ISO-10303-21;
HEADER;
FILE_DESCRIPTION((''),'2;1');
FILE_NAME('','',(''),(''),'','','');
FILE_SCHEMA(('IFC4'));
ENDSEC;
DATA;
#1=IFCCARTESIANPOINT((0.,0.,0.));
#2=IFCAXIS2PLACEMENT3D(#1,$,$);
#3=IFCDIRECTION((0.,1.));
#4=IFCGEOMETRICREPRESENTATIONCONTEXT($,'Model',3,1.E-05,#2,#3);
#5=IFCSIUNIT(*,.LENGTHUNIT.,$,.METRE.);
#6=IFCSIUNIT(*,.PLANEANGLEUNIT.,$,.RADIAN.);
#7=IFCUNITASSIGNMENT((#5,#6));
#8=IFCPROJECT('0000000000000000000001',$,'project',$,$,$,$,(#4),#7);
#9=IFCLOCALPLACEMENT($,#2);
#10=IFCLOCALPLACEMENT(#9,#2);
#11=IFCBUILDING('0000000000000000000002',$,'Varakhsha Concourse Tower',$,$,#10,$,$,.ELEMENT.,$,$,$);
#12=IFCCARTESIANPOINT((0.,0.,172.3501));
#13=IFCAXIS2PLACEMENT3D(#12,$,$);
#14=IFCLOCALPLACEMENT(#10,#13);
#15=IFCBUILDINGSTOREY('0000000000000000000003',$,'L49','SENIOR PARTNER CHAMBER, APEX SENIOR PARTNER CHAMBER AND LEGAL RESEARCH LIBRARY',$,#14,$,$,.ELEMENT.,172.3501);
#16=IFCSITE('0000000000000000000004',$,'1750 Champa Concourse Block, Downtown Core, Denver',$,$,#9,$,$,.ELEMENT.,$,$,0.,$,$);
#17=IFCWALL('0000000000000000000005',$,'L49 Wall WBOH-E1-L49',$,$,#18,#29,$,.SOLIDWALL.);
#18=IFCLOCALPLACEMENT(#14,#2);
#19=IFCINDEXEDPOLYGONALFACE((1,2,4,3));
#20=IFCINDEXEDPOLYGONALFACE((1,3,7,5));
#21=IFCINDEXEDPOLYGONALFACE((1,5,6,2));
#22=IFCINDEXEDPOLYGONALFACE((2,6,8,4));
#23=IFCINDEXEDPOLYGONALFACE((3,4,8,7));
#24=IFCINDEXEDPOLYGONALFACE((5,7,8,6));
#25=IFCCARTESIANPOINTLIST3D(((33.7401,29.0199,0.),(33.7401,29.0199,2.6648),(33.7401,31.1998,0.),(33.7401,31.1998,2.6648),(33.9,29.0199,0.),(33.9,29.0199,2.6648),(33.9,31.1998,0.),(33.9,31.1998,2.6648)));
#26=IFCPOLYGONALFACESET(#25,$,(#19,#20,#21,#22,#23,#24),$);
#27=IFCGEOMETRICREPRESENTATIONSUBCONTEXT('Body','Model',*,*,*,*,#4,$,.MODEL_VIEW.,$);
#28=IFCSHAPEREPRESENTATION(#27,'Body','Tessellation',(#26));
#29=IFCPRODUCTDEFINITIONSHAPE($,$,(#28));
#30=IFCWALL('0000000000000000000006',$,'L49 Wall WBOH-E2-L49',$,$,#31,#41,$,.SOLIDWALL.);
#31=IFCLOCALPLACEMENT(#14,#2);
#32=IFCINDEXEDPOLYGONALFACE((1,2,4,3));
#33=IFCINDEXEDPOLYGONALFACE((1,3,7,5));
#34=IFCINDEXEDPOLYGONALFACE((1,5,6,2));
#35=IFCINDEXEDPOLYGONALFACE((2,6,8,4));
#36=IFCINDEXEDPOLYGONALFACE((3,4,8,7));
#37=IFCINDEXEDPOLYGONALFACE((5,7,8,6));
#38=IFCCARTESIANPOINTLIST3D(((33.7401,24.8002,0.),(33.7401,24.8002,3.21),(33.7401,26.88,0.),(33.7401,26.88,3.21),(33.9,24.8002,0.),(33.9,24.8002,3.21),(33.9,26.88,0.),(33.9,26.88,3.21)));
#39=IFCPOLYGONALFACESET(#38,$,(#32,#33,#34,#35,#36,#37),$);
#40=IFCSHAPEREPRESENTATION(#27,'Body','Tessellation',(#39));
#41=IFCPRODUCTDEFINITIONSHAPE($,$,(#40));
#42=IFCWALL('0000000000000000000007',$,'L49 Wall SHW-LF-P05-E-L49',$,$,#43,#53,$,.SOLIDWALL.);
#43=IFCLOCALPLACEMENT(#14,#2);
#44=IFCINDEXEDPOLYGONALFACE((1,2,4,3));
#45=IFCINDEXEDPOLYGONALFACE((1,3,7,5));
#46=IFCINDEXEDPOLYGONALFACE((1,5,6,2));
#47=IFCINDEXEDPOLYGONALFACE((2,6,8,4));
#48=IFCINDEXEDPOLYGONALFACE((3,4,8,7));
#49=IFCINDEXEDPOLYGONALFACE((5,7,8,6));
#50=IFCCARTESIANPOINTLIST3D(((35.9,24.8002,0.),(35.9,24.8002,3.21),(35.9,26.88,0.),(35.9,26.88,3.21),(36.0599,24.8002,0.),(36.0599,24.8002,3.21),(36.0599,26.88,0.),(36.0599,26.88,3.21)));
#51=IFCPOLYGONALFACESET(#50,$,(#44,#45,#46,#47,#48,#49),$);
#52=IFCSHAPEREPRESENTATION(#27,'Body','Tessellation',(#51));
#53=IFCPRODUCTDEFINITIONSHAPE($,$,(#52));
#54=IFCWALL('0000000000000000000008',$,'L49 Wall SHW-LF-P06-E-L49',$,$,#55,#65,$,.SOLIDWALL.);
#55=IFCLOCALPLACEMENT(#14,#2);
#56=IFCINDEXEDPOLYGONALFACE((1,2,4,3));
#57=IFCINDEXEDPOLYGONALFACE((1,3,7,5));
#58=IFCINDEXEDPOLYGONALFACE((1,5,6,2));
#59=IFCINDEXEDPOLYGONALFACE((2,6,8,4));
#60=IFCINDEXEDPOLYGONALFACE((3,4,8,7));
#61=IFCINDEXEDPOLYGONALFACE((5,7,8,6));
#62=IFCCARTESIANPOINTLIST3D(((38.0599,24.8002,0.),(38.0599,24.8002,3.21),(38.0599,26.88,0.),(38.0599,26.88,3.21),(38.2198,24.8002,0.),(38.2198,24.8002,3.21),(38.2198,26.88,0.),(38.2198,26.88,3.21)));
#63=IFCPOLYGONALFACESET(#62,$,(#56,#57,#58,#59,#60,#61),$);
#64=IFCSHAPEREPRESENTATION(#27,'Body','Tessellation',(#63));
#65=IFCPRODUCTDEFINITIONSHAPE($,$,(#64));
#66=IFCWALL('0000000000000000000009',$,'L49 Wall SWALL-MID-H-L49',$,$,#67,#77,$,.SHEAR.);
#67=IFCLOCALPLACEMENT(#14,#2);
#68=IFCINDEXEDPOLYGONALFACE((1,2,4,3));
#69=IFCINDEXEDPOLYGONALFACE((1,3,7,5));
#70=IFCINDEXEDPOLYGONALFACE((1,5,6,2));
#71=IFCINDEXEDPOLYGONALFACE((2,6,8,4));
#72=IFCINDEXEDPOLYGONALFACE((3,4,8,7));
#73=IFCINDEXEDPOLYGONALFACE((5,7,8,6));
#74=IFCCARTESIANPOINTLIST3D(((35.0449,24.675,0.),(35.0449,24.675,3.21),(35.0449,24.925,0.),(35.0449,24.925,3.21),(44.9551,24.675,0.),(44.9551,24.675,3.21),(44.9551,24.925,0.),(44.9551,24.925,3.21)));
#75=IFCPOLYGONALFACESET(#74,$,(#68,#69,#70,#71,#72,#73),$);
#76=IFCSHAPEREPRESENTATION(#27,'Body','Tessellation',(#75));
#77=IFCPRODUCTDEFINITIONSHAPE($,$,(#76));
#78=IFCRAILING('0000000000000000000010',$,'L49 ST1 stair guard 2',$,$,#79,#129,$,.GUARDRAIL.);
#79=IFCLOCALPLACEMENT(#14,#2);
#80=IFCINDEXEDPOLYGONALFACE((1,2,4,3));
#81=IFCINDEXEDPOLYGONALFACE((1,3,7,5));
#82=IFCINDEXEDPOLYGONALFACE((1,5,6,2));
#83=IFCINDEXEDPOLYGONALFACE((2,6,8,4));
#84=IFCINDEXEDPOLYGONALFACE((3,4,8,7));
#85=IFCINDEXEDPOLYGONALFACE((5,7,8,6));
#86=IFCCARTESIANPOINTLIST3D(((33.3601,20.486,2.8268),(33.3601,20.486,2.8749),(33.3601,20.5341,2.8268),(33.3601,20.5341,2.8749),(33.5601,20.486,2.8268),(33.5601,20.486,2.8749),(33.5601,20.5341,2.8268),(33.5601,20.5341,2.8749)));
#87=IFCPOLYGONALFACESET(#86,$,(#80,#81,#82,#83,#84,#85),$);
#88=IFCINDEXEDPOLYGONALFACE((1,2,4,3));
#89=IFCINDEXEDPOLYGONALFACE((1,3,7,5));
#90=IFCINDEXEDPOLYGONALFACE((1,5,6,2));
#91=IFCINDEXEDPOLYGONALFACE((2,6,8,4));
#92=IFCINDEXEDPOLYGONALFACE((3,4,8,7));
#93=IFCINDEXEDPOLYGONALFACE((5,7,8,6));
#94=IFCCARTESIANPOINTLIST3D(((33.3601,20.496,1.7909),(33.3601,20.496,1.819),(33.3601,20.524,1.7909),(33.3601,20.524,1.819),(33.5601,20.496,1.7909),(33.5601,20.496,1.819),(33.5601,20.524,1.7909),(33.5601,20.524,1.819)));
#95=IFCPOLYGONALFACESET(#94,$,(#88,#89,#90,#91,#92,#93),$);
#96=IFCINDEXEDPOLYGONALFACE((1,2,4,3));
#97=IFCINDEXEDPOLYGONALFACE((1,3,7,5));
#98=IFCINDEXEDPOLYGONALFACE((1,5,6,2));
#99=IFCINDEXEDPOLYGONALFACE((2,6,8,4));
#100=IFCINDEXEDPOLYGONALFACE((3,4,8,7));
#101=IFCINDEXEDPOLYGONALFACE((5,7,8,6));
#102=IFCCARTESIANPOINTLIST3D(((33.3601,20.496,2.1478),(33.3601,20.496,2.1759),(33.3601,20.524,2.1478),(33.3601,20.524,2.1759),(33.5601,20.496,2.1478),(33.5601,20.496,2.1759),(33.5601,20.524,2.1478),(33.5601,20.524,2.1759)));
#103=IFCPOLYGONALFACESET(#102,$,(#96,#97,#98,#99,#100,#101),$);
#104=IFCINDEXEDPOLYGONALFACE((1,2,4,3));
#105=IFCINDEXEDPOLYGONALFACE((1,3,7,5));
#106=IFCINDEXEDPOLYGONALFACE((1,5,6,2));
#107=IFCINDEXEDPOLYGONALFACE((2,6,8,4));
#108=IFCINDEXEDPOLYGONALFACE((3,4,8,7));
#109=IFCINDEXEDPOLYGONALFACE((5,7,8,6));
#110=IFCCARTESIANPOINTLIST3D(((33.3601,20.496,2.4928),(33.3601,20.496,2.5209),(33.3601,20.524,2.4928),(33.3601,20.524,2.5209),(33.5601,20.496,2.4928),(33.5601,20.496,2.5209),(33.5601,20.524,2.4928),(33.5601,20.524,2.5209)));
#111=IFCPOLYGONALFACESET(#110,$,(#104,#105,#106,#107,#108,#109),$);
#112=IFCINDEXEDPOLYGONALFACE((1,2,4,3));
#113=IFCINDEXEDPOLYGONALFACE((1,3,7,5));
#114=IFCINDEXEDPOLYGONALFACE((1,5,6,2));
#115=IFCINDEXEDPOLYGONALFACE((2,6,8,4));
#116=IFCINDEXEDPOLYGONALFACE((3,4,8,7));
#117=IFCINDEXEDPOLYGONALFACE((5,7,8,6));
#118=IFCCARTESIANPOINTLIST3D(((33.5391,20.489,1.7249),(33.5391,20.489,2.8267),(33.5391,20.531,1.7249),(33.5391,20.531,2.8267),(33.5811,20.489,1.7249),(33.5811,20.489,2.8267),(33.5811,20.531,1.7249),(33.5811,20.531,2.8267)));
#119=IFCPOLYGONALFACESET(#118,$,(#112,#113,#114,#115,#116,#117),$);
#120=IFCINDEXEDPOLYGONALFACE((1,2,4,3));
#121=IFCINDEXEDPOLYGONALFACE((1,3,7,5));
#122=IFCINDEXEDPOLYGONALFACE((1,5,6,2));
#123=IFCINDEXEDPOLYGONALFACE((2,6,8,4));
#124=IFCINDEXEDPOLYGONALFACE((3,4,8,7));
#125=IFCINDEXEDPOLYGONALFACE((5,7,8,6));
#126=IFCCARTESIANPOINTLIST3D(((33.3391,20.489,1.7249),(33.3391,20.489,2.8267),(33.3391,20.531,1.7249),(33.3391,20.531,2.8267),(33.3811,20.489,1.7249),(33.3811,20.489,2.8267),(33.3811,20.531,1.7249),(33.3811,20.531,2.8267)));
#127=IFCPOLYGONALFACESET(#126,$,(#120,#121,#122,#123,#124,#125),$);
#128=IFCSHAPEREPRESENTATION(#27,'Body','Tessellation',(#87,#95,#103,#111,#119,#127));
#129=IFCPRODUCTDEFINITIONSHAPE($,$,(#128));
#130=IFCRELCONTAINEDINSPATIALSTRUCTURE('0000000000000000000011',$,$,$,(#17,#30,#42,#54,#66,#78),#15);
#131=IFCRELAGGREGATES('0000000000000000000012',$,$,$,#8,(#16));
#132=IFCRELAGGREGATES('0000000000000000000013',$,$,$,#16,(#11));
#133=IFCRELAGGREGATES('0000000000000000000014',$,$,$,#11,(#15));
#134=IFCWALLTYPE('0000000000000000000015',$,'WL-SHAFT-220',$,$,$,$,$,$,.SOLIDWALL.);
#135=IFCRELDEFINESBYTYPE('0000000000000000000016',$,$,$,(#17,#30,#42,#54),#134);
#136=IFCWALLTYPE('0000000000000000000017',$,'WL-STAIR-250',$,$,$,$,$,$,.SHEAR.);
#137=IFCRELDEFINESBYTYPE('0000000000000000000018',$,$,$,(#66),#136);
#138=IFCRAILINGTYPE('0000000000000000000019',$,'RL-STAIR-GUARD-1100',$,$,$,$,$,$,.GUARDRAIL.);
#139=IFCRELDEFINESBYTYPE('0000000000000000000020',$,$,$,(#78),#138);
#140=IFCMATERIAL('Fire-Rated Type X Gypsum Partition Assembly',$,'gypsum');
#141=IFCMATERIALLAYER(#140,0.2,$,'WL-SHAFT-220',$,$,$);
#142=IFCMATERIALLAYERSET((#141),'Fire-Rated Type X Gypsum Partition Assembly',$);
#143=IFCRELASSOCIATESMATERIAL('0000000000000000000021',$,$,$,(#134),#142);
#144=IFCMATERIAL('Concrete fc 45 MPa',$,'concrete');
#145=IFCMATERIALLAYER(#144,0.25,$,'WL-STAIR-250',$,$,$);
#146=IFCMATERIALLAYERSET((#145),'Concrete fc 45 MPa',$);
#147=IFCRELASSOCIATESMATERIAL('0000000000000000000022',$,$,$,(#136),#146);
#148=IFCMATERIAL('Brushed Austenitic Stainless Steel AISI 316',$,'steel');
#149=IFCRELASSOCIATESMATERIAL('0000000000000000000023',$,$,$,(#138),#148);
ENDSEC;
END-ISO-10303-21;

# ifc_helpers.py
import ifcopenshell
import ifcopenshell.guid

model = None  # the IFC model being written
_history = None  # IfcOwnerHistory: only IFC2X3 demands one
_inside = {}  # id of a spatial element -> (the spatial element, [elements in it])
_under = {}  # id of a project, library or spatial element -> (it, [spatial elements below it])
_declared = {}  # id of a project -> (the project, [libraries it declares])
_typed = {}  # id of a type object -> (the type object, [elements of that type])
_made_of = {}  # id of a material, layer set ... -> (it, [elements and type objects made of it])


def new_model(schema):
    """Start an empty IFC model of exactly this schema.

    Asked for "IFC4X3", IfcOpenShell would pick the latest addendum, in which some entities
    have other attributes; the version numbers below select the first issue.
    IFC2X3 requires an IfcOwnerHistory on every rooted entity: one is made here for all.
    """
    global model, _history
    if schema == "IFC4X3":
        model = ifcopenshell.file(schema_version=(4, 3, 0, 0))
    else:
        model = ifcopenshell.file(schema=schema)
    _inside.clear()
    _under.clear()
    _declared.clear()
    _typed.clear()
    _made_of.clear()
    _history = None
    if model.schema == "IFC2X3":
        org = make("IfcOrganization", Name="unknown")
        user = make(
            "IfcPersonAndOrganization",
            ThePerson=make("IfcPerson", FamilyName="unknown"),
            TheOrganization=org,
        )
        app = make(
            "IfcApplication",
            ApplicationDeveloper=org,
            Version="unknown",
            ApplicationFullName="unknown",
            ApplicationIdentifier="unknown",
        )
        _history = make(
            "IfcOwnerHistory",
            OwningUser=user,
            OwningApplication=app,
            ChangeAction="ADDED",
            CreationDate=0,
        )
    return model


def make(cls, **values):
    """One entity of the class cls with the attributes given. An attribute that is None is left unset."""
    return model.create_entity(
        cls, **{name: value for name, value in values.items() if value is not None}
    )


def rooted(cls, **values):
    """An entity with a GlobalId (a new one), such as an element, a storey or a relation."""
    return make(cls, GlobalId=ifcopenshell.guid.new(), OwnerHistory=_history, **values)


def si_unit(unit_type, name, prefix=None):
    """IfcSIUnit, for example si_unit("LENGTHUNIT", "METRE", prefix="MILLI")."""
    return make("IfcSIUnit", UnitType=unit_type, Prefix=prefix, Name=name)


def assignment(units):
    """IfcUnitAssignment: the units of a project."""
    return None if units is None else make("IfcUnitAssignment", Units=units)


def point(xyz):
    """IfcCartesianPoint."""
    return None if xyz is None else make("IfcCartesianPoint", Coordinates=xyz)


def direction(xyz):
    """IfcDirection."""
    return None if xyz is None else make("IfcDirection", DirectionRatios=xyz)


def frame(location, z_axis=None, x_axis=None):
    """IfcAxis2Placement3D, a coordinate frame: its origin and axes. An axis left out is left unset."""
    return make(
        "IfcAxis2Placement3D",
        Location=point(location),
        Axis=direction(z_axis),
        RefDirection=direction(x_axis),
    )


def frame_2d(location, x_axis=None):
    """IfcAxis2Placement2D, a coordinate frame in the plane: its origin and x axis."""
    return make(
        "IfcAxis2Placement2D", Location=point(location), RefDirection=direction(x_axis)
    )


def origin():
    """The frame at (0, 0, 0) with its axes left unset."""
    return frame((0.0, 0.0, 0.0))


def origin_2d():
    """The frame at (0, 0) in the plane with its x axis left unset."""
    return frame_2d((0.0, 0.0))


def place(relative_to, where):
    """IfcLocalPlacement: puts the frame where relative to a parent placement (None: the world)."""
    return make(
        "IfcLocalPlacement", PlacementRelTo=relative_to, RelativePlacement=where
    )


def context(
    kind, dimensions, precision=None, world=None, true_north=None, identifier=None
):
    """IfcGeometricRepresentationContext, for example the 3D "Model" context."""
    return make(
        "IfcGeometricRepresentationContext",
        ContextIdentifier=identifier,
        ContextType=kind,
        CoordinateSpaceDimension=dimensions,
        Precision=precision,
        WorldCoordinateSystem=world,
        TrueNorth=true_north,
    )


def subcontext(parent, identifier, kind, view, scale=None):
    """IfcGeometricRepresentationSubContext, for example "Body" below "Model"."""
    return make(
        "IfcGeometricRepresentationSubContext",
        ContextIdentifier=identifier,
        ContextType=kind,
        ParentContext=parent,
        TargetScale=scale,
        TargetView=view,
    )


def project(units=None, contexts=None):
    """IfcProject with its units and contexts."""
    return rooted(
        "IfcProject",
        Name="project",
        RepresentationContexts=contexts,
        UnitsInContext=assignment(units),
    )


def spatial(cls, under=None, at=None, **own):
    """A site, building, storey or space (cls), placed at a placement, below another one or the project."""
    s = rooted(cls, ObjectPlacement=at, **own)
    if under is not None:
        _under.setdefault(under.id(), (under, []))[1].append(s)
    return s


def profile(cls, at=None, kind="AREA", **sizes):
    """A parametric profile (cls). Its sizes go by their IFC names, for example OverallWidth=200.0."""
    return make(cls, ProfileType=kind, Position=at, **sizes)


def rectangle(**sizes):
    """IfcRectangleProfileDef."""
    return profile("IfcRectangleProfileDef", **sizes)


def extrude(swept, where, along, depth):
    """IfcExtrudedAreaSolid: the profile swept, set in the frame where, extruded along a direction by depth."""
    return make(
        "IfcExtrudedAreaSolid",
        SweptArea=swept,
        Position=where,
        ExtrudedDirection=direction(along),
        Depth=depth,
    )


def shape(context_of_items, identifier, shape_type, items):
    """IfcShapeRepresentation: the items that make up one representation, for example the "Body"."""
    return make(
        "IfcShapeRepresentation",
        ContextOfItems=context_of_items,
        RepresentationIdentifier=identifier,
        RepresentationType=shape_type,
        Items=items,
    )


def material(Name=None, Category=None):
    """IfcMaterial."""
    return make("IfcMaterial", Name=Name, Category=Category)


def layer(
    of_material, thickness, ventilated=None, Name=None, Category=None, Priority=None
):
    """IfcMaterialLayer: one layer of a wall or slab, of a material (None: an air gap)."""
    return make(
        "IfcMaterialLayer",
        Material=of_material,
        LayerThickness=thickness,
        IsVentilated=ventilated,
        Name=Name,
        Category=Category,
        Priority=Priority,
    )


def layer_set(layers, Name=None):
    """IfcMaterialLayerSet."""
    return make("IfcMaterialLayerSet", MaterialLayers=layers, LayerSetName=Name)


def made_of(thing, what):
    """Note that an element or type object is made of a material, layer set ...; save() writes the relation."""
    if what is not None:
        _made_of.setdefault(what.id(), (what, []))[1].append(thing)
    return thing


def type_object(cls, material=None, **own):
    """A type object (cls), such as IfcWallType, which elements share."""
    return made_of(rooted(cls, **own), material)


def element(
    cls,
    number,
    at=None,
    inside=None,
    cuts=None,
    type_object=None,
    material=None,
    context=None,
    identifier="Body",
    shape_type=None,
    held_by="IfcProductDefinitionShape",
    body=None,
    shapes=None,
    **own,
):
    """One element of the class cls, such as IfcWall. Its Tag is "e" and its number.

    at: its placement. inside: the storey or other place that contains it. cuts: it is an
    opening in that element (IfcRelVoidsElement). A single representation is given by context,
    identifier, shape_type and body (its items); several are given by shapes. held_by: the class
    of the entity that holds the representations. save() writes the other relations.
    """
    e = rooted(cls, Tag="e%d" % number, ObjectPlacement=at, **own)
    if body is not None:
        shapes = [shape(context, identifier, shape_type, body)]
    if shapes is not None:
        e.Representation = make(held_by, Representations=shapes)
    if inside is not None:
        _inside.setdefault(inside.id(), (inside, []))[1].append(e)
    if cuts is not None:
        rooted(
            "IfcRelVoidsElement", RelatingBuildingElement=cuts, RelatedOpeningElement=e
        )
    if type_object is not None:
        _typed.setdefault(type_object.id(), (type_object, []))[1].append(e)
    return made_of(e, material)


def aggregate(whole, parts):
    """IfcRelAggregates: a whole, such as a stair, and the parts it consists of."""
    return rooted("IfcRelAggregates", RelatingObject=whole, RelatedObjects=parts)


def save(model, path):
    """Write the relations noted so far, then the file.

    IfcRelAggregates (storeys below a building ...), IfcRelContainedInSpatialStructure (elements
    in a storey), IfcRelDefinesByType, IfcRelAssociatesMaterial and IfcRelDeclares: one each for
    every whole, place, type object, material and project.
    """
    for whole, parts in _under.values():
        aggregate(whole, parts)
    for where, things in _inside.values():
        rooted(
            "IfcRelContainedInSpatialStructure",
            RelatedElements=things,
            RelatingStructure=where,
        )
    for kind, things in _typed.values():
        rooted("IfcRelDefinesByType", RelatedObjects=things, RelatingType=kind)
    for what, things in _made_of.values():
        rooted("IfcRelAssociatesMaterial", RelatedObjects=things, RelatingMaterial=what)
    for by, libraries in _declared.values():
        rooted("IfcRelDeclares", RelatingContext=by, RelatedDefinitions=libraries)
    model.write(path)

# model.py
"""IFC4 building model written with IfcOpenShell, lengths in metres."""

from ifc_helpers import new_model, si_unit, direction, frame, frame_2d, origin, origin_2d, place, context, subcontext, project, spatial, rectangle, extrude, material, layer, layer_set, type_object, element, save


model = new_model("IFC4")

# Units and contexts
model_context = context("Model", 3, precision=1e-05, world=origin(), true_north=direction((0.0, 1.0)))
body_context = subcontext(model_context, "Body", "Model", "MODEL_VIEW")
ifc_project = project(units=[si_unit("LENGTHUNIT", "METRE"), si_unit("PLANEANGLEUNIT", "RADIAN")], contexts=[model_context])

# Site, building, storey
site_placement = place(None, origin())
site = spatial("IfcSite", under=ifc_project, at=site_placement, Name="1750 Champa Concourse Block, Downtown Core, Denver", CompositionType="ELEMENT", RefElevation=0.0)
building_placement = place(site_placement, origin())
building = spatial("IfcBuilding", under=site, at=building_placement, Name="Varakhsha Concourse Tower", CompositionType="ELEMENT")
storey_placement = place(building_placement, frame((0.0, 0.0, 172.3501)))
storey = spatial("IfcBuildingStorey", under=building, at=storey_placement, Name="L49", Description="SENIOR PARTNER CHAMBER, APEX SENIOR PARTNER CHAMBER AND LEGAL RESEARCH LIBRARY", CompositionType="ELEMENT", Elevation=172.3501)

# Shared definitions
ifc_material_1 = material(Name="Fire-Rated Type X Gypsum Partition Assembly", Category="gypsum")
ifc_layer_1 = layer(ifc_material_1, 0.2, Name="WL-SHAFT-220")
ifc_layer_set_1 = layer_set([ifc_layer_1], Name="Fire-Rated Type X Gypsum Partition Assembly")
wall_type_1 = type_object("IfcWallType", Name="WL-SHAFT-220", PredefinedType="SOLIDWALL", material=ifc_layer_set_1)
ifc_material_2 = material(Name="Brushed Austenitic Stainless Steel AISI 316", Category="steel")

# Walls
wall_1_placement = place(storey_placement, frame((33.8201, 29.02, 0.0), z_axis=(0.0, 0.0, 1.0), x_axis=(0.0, 1.0, 0.0)))
element("IfcWall", 1, at=wall_1_placement, inside=storey, type_object=wall_type_1, Name="L49 Wall WBOH-E1-L49", PredefinedType="SOLIDWALL", context=body_context, shape_type="SweptSolid", body=[
    extrude(rectangle(XDim=2.1799, YDim=0.1599, at=frame_2d((1.0898, 0.0))), origin(), (0.0, 0.0, 1.0), 2.6648),
])
for number, where, z_axis, x_axis, name in (
    (2, (33.8201, 24.8, 0.0), (0.0, 0.0, 1.0), (0.0, 1.0, 0.0), "L49 Wall WBOH-E2-L49"),
    (3, (35.98, 24.8, 0.0), (0.0, 0.0, 1.0), (0.0, 1.0, 0.0), "L49 Wall SHW-LF-P05-E-L49"),
    (4, (38.1399, 24.8, 0.0), (0.0, 0.0, 1.0), (0.0, 1.0, 0.0), "L49 Wall SHW-LF-P06-E-L49"),
):
    element("IfcWall", number, at=place(storey_placement, frame(where, z_axis=z_axis, x_axis=x_axis)), inside=storey, type_object=wall_type_1, Name=name, PredefinedType="SOLIDWALL", context=body_context, shape_type="SweptSolid", body=[
        extrude(rectangle(XDim=2.0798, YDim=0.1599, at=frame_2d((1.04, 0.0))), origin(), (0.0, 0.0, 1.0), 3.21),
    ])
ifc_material_3 = material(Name="Concrete fc 45 MPa", Category="concrete")
ifc_layer_2 = layer(ifc_material_3, 0.25, Name="WL-STAIR-250")
ifc_layer_set_2 = layer_set([ifc_layer_2], Name="Concrete fc 45 MPa")
wall_type_2 = type_object("IfcWallType", Name="WL-STAIR-250", PredefinedType="SHEAR", material=ifc_layer_set_2)
wall_2_placement = place(storey_placement, frame((35.0449, 24.8, 0.0), z_axis=(0.0, 0.0, 1.0), x_axis=(1.0, 0.0, 0.0)))
element("IfcWall", 5, at=wall_2_placement, inside=storey, type_object=wall_type_2, Name="L49 Wall SWALL-MID-H-L49", PredefinedType="SHEAR", context=body_context, shape_type="SweptSolid", body=[
    extrude(rectangle(XDim=9.9102, YDim=0.25, at=frame_2d((4.9551, 0.0))), origin(), (0.0, 0.0, 1.0), 3.21),
])

# Railing
railing_type = type_object("IfcRailingType", Name="RL-STAIR-GUARD-1100", PredefinedType="GUARDRAIL", material=ifc_material_2)
railing_placement = place(storey_placement, frame((33.5601, 20.51, 1.7249)))
element("IfcRailing", 6, at=railing_placement, inside=storey, type_object=railing_type, Name="L49 ST1 stair guard 2", PredefinedType="GUARDRAIL", context=body_context, shape_type="SweptSolid", body=[
    extrude(rectangle(XDim=0.0481, YDim=0.0481, at=origin_2d()), frame((0.0, 0.0, 1.126), z_axis=(-1.0, 0.0, 0.0), x_axis=(0.0, -1.0, 0.0)), (0.0, 0.0, 1.0), 0.2),
    extrude(rectangle(XDim=0.0281, YDim=0.0281, at=origin_2d()), frame((0.0, 0.0, 0.0801), z_axis=(-1.0, 0.0, 0.0), x_axis=(0.0, -1.0, 0.0)), (0.0, 0.0, 1.0), 0.2),
    extrude(rectangle(XDim=0.0281, YDim=0.0281, at=origin_2d()), frame((0.0, 0.0, 0.437), z_axis=(-1.0, 0.0, 0.0), x_axis=(0.0, -1.0, 0.0)), (0.0, 0.0, 1.0), 0.2),
    extrude(rectangle(XDim=0.0281, YDim=0.0281, at=origin_2d()), frame((0.0, 0.0, 0.782), z_axis=(-1.0, 0.0, 0.0), x_axis=(0.0, -1.0, 0.0)), (0.0, 0.0, 1.0), 0.2),
    extrude(rectangle(XDim=0.042, YDim=0.042, at=origin_2d()), origin(), (0.0, 0.0, 1.0), 1.1018),
    extrude(rectangle(XDim=0.042, YDim=0.042, at=origin_2d()), frame((-0.2, 0.0, 0.0)), (0.0, 0.0, 1.0), 1.1018),
])

save(model, "model.ifc")
